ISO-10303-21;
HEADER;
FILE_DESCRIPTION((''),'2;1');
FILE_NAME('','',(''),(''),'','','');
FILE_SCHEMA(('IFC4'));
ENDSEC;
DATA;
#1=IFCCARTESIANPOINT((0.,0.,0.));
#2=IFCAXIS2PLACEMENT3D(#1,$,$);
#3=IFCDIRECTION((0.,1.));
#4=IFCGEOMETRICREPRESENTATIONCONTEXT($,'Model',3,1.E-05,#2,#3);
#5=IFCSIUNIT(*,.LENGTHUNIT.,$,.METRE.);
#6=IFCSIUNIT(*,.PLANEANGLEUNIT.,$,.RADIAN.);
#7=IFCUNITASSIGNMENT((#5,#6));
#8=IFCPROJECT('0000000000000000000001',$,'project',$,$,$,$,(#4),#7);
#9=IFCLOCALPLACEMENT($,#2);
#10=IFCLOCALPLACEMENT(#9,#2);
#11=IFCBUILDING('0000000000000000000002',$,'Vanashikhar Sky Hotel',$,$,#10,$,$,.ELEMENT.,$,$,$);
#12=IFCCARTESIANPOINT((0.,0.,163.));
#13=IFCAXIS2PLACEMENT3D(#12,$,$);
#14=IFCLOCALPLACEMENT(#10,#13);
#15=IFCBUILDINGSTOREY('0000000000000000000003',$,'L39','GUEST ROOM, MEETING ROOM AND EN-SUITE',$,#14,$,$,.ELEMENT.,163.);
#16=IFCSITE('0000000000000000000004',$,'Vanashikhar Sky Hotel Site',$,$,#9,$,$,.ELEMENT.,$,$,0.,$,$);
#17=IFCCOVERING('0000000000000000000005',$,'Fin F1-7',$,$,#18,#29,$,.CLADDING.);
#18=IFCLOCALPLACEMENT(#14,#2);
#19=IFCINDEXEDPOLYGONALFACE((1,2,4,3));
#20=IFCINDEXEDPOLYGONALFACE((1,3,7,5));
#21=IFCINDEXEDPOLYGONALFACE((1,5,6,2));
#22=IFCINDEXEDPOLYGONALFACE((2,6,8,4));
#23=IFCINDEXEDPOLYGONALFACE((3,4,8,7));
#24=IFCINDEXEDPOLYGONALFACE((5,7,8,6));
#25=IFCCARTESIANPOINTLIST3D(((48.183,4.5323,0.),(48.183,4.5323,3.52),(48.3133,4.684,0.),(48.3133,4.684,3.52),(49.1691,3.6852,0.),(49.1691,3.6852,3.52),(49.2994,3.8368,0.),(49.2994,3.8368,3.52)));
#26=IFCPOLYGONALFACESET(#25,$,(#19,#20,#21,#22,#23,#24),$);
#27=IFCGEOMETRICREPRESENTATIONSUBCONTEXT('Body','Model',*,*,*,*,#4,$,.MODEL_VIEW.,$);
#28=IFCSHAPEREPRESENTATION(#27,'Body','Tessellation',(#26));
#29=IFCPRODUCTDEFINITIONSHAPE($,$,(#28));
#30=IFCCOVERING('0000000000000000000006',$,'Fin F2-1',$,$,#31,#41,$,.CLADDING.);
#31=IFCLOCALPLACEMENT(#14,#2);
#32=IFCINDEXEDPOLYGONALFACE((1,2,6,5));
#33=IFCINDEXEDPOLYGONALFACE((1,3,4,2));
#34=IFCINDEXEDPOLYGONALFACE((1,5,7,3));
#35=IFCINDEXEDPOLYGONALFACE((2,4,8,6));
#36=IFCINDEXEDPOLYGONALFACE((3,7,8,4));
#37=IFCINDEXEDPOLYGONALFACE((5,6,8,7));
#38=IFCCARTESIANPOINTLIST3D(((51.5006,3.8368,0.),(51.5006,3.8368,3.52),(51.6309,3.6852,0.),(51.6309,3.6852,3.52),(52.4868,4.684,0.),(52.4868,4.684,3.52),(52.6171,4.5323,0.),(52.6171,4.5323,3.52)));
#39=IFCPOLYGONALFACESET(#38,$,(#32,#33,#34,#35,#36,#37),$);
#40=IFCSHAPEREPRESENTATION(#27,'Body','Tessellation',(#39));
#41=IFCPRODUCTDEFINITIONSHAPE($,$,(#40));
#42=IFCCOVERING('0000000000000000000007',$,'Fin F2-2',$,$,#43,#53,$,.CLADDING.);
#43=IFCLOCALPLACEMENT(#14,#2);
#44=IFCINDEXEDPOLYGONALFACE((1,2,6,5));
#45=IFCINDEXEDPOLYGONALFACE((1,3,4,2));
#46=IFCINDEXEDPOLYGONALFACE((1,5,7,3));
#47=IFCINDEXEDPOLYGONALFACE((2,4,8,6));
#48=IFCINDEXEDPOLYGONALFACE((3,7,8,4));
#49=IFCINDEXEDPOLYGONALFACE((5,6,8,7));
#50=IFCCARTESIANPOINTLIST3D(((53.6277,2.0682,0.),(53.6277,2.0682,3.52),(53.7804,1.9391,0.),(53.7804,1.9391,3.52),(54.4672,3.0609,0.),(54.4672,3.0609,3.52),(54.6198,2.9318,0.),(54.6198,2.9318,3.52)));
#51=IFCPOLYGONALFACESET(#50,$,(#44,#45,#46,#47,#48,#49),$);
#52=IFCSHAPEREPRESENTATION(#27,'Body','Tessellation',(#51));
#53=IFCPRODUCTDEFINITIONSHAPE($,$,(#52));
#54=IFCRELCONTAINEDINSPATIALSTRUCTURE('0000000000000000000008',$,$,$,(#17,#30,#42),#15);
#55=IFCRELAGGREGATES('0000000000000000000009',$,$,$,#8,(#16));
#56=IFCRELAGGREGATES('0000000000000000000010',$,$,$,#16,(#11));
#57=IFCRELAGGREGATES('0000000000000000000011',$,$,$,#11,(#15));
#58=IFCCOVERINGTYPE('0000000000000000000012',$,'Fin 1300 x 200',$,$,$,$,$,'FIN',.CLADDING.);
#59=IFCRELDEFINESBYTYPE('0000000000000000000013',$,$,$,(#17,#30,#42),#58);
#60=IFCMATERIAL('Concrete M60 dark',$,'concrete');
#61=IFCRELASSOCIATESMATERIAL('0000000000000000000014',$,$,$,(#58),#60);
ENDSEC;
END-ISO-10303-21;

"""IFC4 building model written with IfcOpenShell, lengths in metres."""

from ifc_helpers import new_model, si_unit, direction, frame, origin, origin_2d, place, context, subcontext, project, spatial, rectangle, extrude, source, transform, mapped, material, material_profile, profile_set, type_object, element, save


model = new_model("IFC4")

# Units and contexts
model_context = context("Model", 3, precision=1e-05, world=origin(), true_north=direction((0.0, 1.0)))
body_context = subcontext(model_context, "Body", "Model", "MODEL_VIEW")
ifc_project = project(units=[si_unit("LENGTHUNIT", "METRE"), si_unit("PLANEANGLEUNIT", "RADIAN")], contexts=[model_context])

# Site, building, storey
site_placement = place(None, origin())
site = spatial("IfcSite", under=ifc_project, at=site_placement, Name="Vanashikhar Sky Hotel Site", CompositionType="ELEMENT", RefElevation=0.0)
building_placement = place(site_placement, origin())
building = spatial("IfcBuilding", under=site, at=building_placement, Name="Vanashikhar Sky Hotel", CompositionType="ELEMENT")
storey_placement = place(building_placement, frame((0.0, 0.0, 163.0)))
storey = spatial("IfcBuildingStorey", under=building, at=storey_placement, Name="L39", Description="GUEST ROOM, MEETING ROOM AND EN-SUITE", CompositionType="ELEMENT", Elevation=163.0)

# Coverings
ifc_material_1 = material(Name="Concrete M60 dark", Category="concrete")
ifc_material_profile_1 = material_profile(ifc_material_1, rectangle(XDim=1.3, YDim=0.2, at=origin_2d()))
ifc_profile_set_1 = profile_set([ifc_material_profile_1], Name="Fin 1300 x 200")
covering_type = type_object("IfcCoveringType", Name="Fin 1300 x 200", ElementType="FIN", PredefinedType="CLADDING", material=ifc_profile_set_1)
shared_shape_1 = source(origin(), body_context, "Body", "SweptSolid", [
    extrude(rectangle(XDim=1.3, YDim=0.2, at=origin_2d()), origin(), (0.0, 0.0, 1.0), 3.52),
])
for number, where, z_axis, x_axis, name in (
    (1, (48.7412, 4.1846, 0.0), (0.0, 0.0, 1.0), (0.758544, -0.651622, 0.0), "Fin F1-7"),
    (2, (52.0588, 4.1846, 0.0), (0.0, 0.0, 1.0), (-0.758544, -0.651622, 0.0), "Fin F2-1"),
    (3, (54.1238, 2.5, 0.0), (0.0, 0.0, 1.0), (-0.645698, -0.763593, 0.0), "Fin F2-2"),
):
    element("IfcCovering", number, at=place(storey_placement, frame(where, z_axis=z_axis, x_axis=x_axis)), inside=storey, type_object=covering_type, Name=name, PredefinedType="CLADDING", context=body_context, shape_type="MappedRepresentation", body=[
        mapped(shared_shape_1, transform((0.0, 0.0, 0.0), scale=1.0)),
    ])

save(model, "model.ifc")
